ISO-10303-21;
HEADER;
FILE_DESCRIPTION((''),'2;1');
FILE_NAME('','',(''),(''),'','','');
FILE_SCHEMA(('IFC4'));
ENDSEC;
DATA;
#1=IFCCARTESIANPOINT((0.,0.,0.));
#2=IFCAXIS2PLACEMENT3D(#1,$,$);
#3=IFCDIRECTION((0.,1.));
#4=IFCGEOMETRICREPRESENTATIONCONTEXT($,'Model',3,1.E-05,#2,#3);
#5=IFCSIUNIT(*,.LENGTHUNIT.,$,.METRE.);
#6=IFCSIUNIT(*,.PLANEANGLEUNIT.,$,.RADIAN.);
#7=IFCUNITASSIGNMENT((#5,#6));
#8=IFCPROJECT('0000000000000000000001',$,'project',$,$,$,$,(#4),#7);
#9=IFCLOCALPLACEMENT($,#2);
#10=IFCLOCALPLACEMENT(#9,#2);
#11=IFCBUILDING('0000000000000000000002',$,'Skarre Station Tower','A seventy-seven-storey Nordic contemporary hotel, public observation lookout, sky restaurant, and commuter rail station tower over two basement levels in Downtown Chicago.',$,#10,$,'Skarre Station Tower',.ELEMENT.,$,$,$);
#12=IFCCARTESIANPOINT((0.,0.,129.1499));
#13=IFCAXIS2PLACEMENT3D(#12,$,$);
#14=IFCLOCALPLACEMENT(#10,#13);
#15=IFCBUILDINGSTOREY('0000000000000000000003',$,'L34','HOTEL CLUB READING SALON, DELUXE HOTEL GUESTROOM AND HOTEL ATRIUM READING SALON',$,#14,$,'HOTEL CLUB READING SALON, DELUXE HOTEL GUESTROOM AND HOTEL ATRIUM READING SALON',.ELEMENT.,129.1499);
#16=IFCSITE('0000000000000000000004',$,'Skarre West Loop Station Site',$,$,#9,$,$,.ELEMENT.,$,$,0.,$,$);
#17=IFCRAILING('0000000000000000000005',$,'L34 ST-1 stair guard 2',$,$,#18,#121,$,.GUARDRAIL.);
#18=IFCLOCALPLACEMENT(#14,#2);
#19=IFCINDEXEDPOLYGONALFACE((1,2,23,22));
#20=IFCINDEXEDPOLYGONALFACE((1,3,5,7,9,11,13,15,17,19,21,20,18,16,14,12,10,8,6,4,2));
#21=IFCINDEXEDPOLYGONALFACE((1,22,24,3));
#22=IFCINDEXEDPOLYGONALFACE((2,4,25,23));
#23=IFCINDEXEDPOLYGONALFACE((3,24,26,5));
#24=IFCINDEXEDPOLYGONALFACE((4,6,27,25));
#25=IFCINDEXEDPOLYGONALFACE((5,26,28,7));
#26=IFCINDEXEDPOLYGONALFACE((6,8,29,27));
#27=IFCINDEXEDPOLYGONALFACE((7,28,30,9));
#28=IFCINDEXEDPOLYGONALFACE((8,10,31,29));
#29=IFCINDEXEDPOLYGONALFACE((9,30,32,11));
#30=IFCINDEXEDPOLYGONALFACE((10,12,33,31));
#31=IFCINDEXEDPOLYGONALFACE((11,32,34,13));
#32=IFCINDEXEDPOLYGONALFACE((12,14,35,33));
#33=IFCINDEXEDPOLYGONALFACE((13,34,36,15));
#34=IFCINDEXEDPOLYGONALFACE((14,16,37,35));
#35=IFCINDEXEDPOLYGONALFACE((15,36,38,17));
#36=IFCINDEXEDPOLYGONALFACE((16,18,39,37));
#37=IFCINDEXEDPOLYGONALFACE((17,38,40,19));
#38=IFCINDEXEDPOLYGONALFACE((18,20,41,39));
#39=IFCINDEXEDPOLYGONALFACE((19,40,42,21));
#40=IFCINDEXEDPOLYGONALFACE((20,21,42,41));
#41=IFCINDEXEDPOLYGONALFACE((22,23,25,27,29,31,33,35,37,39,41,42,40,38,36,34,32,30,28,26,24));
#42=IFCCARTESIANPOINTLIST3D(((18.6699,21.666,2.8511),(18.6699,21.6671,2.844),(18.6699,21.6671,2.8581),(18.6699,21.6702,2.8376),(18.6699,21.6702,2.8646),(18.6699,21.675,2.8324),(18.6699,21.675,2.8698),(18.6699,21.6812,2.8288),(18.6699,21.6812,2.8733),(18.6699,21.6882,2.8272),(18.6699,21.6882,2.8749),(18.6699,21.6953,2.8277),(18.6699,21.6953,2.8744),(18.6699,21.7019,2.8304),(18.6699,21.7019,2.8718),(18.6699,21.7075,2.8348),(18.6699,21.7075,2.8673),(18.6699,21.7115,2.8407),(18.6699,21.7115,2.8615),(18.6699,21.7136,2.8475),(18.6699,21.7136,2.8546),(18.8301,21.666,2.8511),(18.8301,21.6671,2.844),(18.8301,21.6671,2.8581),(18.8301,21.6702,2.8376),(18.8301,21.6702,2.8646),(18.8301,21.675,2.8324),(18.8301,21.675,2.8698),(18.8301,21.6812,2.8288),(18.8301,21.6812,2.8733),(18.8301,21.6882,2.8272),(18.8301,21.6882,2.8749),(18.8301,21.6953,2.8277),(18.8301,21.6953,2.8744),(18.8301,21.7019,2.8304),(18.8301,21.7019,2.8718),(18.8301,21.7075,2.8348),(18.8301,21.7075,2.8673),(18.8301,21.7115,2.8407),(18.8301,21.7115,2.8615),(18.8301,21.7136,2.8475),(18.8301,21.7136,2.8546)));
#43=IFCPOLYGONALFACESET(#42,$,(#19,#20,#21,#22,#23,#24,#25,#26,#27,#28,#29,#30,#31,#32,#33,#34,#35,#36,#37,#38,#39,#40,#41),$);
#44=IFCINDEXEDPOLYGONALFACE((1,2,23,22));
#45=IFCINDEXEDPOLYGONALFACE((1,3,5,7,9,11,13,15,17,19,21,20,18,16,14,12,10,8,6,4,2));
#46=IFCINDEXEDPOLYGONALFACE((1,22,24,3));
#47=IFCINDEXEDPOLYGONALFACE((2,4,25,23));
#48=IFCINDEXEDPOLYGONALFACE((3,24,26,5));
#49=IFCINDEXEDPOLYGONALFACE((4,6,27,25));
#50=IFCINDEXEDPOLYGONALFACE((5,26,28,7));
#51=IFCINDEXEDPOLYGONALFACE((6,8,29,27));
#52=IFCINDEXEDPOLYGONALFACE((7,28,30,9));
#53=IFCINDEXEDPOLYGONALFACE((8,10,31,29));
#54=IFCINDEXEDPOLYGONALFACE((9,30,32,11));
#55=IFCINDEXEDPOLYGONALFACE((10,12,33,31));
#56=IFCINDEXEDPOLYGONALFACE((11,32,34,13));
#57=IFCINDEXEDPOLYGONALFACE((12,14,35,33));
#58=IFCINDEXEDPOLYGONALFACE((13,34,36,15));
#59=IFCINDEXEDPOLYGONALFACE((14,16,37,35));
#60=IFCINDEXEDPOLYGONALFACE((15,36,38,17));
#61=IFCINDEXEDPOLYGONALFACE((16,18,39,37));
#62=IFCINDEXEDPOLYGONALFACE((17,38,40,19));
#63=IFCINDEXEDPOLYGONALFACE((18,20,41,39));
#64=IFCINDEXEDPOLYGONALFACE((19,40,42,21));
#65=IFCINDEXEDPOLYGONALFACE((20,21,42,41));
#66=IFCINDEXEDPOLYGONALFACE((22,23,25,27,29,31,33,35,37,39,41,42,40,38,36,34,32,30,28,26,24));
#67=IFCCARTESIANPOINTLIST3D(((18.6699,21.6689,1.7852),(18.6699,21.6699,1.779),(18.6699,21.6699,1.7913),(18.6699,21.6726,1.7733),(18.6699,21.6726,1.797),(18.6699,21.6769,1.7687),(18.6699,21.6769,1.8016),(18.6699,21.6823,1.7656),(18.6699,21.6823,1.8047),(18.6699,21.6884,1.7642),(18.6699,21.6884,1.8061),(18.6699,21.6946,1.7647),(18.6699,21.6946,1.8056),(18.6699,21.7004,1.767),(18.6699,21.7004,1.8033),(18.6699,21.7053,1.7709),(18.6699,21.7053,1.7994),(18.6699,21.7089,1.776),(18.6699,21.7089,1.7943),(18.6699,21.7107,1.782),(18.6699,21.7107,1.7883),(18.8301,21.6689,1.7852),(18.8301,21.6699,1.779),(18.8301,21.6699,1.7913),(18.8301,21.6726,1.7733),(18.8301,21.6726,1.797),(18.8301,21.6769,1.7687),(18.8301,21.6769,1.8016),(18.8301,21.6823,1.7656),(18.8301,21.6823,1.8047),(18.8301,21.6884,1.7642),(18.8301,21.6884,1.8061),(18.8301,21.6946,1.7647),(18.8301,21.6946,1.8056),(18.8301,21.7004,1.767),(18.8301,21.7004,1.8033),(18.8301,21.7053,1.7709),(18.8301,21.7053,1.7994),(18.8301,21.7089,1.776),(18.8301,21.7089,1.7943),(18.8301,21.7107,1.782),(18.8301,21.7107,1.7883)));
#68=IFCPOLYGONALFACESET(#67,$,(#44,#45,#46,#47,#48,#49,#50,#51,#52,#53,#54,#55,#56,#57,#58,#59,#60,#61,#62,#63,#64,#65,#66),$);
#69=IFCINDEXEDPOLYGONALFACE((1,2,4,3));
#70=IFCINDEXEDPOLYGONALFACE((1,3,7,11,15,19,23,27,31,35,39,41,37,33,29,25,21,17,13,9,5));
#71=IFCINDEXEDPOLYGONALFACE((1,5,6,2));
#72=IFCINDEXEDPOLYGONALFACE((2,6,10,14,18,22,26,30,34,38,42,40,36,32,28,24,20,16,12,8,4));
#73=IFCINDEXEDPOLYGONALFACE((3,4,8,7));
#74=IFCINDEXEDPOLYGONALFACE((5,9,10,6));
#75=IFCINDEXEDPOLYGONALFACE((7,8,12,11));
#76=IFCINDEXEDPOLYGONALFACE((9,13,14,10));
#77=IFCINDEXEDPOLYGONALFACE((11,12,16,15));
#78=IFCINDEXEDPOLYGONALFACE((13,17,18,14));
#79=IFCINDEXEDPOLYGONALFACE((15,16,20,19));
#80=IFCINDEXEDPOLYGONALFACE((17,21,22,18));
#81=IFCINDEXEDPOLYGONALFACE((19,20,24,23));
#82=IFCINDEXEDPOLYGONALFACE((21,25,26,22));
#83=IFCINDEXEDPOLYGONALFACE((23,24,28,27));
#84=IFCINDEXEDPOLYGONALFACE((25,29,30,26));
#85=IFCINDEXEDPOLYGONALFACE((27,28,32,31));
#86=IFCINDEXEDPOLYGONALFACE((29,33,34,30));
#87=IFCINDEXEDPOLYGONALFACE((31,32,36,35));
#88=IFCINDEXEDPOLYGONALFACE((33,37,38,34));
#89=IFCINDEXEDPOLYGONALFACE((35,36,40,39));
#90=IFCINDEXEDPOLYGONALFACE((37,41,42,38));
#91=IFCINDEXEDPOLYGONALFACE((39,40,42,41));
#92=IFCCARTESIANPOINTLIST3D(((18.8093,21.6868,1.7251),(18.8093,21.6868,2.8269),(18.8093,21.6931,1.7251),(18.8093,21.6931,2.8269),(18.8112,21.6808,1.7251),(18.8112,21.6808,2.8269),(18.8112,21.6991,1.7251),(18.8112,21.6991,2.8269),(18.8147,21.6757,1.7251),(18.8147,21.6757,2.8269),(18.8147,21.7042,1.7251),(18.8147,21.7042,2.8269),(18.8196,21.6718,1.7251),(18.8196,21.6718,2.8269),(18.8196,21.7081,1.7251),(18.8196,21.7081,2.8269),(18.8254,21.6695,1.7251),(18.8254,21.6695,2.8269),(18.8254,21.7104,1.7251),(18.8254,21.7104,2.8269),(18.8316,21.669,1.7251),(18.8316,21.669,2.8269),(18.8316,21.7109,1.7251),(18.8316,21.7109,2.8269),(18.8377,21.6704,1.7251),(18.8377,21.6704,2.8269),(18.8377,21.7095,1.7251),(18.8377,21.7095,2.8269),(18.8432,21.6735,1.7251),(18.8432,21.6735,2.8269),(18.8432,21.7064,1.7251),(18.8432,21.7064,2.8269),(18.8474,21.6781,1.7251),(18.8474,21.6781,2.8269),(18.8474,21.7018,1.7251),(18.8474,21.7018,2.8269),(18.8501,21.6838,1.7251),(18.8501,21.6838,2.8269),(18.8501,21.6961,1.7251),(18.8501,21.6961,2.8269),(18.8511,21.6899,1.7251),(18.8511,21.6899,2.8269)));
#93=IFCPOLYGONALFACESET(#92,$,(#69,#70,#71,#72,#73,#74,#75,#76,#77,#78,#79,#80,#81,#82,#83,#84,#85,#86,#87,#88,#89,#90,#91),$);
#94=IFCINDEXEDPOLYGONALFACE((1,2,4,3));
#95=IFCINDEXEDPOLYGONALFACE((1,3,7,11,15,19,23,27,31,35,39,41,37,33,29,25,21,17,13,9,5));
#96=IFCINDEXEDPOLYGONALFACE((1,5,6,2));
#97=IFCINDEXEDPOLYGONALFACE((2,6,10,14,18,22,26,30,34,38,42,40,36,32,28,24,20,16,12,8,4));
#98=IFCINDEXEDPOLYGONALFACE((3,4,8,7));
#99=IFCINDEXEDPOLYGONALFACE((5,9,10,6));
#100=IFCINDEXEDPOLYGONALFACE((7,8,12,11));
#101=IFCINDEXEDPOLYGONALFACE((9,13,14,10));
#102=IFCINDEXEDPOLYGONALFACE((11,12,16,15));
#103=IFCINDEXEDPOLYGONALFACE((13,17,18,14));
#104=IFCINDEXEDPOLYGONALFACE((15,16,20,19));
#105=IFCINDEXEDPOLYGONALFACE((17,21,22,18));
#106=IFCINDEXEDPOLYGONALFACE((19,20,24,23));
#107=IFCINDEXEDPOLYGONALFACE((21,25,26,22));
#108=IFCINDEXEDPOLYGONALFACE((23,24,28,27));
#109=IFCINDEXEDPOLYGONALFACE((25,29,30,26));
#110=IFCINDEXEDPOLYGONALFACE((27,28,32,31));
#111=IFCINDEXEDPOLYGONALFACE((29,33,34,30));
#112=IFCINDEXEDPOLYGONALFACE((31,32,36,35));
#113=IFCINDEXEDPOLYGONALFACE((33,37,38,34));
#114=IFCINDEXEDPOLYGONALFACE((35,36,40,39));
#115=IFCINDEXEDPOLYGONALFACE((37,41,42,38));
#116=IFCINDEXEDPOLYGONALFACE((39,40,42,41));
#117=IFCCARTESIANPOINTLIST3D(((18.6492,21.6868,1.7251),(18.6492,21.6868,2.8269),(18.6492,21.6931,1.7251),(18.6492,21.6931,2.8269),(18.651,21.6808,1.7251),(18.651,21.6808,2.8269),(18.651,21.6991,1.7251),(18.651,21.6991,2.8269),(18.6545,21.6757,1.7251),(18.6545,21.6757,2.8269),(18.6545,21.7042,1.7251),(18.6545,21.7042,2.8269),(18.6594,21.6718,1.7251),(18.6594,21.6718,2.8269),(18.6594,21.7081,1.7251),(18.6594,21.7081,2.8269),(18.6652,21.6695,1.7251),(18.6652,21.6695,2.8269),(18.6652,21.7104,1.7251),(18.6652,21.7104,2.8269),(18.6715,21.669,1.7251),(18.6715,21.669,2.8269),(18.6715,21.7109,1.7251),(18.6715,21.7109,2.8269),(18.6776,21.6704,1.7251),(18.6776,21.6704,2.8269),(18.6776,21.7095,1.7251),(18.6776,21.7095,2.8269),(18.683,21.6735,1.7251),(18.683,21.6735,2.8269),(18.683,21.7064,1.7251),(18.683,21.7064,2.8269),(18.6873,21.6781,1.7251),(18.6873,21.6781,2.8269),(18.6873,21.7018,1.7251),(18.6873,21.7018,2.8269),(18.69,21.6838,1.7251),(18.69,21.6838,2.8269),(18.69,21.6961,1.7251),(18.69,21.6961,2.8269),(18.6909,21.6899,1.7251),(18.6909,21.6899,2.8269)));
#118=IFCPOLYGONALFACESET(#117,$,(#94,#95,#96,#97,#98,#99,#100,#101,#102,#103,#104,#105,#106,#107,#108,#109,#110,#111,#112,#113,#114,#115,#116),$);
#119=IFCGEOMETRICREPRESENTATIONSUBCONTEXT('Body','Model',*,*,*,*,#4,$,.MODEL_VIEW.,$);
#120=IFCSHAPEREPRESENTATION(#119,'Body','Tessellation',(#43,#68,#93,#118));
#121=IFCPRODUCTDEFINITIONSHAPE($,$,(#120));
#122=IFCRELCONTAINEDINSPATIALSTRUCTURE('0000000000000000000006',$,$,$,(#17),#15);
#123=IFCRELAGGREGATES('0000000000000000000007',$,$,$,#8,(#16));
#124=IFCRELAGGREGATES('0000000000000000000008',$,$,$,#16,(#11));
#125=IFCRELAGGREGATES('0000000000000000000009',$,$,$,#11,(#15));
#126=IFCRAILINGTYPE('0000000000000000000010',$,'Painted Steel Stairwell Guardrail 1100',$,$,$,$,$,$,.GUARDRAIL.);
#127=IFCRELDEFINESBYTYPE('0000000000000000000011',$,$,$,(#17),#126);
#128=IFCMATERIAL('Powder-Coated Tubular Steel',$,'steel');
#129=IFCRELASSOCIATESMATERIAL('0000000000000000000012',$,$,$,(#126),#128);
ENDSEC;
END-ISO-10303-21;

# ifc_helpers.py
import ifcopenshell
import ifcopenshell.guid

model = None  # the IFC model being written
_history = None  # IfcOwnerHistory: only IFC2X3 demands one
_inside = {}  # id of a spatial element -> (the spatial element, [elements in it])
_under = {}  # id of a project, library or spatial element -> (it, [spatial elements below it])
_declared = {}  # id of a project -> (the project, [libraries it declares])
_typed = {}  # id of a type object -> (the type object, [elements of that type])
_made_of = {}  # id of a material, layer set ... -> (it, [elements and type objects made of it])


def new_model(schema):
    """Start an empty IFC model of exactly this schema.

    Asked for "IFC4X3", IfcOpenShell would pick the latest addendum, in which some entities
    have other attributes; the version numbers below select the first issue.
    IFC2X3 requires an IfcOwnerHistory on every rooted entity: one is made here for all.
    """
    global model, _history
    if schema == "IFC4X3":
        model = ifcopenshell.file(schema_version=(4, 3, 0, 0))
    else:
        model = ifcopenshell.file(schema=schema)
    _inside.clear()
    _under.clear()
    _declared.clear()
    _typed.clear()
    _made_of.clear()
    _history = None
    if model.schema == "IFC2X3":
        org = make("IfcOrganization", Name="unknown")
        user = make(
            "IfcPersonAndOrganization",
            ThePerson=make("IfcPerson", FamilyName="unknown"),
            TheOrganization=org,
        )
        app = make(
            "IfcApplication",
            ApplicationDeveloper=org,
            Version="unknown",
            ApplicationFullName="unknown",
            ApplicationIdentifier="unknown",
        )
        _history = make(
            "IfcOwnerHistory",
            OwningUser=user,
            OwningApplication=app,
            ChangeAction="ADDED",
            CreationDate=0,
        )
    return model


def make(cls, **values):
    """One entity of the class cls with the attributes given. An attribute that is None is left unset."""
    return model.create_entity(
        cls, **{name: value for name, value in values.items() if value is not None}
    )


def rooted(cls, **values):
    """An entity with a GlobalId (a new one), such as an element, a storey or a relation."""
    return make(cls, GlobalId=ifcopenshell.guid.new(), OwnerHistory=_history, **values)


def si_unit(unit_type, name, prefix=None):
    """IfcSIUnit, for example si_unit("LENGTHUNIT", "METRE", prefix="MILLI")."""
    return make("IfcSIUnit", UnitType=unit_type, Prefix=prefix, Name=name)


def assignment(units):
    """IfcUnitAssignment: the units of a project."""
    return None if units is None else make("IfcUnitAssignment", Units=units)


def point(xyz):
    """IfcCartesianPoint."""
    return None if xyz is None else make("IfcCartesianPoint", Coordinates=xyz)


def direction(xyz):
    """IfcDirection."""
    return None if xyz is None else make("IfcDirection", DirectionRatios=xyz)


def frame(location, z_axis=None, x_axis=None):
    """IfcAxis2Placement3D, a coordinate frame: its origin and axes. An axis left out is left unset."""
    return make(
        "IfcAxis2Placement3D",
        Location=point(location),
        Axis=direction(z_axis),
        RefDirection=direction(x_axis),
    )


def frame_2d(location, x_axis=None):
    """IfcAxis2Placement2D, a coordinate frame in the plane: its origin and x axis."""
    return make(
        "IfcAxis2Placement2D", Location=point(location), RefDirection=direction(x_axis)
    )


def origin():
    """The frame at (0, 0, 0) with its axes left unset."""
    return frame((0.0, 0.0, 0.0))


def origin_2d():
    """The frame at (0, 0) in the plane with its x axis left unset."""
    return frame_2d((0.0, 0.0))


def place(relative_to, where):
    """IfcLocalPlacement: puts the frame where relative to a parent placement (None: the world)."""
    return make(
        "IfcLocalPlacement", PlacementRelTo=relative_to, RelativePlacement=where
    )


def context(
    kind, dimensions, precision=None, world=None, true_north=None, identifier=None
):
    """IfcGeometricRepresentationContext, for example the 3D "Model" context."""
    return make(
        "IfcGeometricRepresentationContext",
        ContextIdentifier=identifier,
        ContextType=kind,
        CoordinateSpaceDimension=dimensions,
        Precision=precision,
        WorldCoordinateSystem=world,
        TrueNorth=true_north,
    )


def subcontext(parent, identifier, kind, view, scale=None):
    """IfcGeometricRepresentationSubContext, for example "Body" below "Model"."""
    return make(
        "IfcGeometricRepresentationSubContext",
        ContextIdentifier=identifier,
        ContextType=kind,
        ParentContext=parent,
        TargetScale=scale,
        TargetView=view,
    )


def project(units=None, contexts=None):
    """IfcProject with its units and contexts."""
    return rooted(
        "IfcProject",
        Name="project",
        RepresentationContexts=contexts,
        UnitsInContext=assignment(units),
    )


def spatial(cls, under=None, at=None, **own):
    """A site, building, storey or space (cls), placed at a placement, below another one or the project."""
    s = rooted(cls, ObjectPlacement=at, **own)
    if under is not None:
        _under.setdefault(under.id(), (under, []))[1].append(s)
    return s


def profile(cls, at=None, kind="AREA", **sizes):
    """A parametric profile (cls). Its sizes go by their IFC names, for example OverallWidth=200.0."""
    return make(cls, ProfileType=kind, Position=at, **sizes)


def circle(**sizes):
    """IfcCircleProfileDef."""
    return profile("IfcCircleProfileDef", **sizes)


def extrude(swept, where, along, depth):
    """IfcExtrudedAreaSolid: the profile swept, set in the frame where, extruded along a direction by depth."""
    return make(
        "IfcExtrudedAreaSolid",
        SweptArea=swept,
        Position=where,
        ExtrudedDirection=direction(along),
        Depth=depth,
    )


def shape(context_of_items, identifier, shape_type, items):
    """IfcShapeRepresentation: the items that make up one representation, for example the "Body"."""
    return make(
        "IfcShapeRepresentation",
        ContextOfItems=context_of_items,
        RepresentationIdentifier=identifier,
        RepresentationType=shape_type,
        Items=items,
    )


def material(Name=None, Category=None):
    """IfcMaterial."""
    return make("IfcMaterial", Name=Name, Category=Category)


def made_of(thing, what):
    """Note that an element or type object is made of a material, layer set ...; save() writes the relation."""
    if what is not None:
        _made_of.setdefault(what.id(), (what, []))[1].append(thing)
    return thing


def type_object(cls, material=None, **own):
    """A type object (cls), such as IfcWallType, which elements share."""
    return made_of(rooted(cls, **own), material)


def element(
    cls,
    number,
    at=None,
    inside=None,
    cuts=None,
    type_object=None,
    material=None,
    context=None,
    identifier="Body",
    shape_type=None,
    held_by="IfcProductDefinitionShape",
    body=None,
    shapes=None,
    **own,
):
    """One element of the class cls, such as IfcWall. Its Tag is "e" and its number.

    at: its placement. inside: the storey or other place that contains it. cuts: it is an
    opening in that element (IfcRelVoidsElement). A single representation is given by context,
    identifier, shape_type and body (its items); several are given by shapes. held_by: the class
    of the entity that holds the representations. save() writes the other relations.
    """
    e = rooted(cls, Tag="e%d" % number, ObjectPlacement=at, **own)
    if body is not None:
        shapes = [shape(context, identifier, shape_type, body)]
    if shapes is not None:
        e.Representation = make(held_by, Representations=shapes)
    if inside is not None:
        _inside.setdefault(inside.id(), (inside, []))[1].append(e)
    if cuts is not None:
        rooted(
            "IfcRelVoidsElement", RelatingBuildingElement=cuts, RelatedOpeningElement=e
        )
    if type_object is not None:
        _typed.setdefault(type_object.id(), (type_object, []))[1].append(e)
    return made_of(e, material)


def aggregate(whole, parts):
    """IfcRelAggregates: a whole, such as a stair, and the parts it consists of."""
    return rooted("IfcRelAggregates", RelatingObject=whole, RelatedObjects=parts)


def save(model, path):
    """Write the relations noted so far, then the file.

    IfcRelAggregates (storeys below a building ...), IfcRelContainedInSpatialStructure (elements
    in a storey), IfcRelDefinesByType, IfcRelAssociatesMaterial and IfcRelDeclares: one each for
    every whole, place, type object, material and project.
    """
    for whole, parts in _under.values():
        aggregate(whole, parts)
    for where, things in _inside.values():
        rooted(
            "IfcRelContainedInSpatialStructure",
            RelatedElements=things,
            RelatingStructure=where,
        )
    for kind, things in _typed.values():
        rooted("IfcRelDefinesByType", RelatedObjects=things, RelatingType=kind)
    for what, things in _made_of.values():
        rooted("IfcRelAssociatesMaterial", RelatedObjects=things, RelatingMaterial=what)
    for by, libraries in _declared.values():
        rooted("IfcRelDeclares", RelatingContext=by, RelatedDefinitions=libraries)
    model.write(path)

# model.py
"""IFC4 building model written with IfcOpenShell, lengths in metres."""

from ifc_helpers import new_model, si_unit, direction, frame, origin, origin_2d, place, context, subcontext, project, spatial, circle, extrude, material, type_object, element, save


model = new_model("IFC4")

# Units and contexts
model_context = context("Model", 3, precision=1e-05, world=origin(), true_north=direction((0.0, 1.0)))
body_context = subcontext(model_context, "Body", "Model", "MODEL_VIEW")
ifc_project = project(units=[si_unit("LENGTHUNIT", "METRE"), si_unit("PLANEANGLEUNIT", "RADIAN")], contexts=[model_context])

# Site, building, storey
site_placement = place(None, origin())
site = spatial("IfcSite", under=ifc_project, at=site_placement, Name="Skarre West Loop Station Site", CompositionType="ELEMENT", RefElevation=0.0)
building_placement = place(site_placement, origin())
building = spatial("IfcBuilding", under=site, at=building_placement, Name="Skarre Station Tower", Description="A seventy-seven-storey Nordic contemporary hotel, public observation lookout, sky restaurant, and commuter rail station tower over two basement levels in Downtown Chicago.", LongName="Skarre Station Tower", CompositionType="ELEMENT")
storey_placement = place(building_placement, frame((0.0, 0.0, 129.1499)))
storey = spatial("IfcBuildingStorey", under=building, at=storey_placement, Name="L34", Description="HOTEL CLUB READING SALON, DELUXE HOTEL GUESTROOM AND HOTEL ATRIUM READING SALON", LongName="HOTEL CLUB READING SALON, DELUXE HOTEL GUESTROOM AND HOTEL ATRIUM READING SALON", CompositionType="ELEMENT", Elevation=129.1499)

# Railing
ifc_material_1 = material(Name="Powder-Coated Tubular Steel", Category="steel")
railing_type_1 = type_object("IfcRailingType", Name="Painted Steel Stairwell Guardrail 1100", PredefinedType="GUARDRAIL", material=ifc_material_1)
railing_1_placement = place(storey_placement, frame((18.8301, 21.6899, 1.7251)))
element("IfcRailing", 1, at=railing_1_placement, inside=storey, type_object=railing_type_1, Name="L34 ST-1 stair guard 2", PredefinedType="GUARDRAIL", context=body_context, shape_type="SweptSolid", body=[
    extrude(circle(Radius=0.0239, at=origin_2d()), frame((0.0, 0.0, 1.126), z_axis=(-1.0, 0.0, 0.0), x_axis=(0.0, -1.0, 0.0)), (0.0, 0.0, 1.0), 0.1602),
    extrude(circle(Radius=0.021, at=origin_2d()), frame((0.0, 0.0, 0.0601), z_axis=(-1.0, 0.0, 0.0), x_axis=(0.0, -1.0, 0.0)), (0.0, 0.0, 1.0), 0.1602),
    extrude(circle(Radius=0.021, at=origin_2d()), origin(), (0.0, 0.0, 1.0), 1.1018),
    extrude(circle(Radius=0.021, at=origin_2d()), frame((-0.1602, 0.0, 0.0)), (0.0, 0.0, 1.0), 1.1018),
])

save(model, "model.ifc")
